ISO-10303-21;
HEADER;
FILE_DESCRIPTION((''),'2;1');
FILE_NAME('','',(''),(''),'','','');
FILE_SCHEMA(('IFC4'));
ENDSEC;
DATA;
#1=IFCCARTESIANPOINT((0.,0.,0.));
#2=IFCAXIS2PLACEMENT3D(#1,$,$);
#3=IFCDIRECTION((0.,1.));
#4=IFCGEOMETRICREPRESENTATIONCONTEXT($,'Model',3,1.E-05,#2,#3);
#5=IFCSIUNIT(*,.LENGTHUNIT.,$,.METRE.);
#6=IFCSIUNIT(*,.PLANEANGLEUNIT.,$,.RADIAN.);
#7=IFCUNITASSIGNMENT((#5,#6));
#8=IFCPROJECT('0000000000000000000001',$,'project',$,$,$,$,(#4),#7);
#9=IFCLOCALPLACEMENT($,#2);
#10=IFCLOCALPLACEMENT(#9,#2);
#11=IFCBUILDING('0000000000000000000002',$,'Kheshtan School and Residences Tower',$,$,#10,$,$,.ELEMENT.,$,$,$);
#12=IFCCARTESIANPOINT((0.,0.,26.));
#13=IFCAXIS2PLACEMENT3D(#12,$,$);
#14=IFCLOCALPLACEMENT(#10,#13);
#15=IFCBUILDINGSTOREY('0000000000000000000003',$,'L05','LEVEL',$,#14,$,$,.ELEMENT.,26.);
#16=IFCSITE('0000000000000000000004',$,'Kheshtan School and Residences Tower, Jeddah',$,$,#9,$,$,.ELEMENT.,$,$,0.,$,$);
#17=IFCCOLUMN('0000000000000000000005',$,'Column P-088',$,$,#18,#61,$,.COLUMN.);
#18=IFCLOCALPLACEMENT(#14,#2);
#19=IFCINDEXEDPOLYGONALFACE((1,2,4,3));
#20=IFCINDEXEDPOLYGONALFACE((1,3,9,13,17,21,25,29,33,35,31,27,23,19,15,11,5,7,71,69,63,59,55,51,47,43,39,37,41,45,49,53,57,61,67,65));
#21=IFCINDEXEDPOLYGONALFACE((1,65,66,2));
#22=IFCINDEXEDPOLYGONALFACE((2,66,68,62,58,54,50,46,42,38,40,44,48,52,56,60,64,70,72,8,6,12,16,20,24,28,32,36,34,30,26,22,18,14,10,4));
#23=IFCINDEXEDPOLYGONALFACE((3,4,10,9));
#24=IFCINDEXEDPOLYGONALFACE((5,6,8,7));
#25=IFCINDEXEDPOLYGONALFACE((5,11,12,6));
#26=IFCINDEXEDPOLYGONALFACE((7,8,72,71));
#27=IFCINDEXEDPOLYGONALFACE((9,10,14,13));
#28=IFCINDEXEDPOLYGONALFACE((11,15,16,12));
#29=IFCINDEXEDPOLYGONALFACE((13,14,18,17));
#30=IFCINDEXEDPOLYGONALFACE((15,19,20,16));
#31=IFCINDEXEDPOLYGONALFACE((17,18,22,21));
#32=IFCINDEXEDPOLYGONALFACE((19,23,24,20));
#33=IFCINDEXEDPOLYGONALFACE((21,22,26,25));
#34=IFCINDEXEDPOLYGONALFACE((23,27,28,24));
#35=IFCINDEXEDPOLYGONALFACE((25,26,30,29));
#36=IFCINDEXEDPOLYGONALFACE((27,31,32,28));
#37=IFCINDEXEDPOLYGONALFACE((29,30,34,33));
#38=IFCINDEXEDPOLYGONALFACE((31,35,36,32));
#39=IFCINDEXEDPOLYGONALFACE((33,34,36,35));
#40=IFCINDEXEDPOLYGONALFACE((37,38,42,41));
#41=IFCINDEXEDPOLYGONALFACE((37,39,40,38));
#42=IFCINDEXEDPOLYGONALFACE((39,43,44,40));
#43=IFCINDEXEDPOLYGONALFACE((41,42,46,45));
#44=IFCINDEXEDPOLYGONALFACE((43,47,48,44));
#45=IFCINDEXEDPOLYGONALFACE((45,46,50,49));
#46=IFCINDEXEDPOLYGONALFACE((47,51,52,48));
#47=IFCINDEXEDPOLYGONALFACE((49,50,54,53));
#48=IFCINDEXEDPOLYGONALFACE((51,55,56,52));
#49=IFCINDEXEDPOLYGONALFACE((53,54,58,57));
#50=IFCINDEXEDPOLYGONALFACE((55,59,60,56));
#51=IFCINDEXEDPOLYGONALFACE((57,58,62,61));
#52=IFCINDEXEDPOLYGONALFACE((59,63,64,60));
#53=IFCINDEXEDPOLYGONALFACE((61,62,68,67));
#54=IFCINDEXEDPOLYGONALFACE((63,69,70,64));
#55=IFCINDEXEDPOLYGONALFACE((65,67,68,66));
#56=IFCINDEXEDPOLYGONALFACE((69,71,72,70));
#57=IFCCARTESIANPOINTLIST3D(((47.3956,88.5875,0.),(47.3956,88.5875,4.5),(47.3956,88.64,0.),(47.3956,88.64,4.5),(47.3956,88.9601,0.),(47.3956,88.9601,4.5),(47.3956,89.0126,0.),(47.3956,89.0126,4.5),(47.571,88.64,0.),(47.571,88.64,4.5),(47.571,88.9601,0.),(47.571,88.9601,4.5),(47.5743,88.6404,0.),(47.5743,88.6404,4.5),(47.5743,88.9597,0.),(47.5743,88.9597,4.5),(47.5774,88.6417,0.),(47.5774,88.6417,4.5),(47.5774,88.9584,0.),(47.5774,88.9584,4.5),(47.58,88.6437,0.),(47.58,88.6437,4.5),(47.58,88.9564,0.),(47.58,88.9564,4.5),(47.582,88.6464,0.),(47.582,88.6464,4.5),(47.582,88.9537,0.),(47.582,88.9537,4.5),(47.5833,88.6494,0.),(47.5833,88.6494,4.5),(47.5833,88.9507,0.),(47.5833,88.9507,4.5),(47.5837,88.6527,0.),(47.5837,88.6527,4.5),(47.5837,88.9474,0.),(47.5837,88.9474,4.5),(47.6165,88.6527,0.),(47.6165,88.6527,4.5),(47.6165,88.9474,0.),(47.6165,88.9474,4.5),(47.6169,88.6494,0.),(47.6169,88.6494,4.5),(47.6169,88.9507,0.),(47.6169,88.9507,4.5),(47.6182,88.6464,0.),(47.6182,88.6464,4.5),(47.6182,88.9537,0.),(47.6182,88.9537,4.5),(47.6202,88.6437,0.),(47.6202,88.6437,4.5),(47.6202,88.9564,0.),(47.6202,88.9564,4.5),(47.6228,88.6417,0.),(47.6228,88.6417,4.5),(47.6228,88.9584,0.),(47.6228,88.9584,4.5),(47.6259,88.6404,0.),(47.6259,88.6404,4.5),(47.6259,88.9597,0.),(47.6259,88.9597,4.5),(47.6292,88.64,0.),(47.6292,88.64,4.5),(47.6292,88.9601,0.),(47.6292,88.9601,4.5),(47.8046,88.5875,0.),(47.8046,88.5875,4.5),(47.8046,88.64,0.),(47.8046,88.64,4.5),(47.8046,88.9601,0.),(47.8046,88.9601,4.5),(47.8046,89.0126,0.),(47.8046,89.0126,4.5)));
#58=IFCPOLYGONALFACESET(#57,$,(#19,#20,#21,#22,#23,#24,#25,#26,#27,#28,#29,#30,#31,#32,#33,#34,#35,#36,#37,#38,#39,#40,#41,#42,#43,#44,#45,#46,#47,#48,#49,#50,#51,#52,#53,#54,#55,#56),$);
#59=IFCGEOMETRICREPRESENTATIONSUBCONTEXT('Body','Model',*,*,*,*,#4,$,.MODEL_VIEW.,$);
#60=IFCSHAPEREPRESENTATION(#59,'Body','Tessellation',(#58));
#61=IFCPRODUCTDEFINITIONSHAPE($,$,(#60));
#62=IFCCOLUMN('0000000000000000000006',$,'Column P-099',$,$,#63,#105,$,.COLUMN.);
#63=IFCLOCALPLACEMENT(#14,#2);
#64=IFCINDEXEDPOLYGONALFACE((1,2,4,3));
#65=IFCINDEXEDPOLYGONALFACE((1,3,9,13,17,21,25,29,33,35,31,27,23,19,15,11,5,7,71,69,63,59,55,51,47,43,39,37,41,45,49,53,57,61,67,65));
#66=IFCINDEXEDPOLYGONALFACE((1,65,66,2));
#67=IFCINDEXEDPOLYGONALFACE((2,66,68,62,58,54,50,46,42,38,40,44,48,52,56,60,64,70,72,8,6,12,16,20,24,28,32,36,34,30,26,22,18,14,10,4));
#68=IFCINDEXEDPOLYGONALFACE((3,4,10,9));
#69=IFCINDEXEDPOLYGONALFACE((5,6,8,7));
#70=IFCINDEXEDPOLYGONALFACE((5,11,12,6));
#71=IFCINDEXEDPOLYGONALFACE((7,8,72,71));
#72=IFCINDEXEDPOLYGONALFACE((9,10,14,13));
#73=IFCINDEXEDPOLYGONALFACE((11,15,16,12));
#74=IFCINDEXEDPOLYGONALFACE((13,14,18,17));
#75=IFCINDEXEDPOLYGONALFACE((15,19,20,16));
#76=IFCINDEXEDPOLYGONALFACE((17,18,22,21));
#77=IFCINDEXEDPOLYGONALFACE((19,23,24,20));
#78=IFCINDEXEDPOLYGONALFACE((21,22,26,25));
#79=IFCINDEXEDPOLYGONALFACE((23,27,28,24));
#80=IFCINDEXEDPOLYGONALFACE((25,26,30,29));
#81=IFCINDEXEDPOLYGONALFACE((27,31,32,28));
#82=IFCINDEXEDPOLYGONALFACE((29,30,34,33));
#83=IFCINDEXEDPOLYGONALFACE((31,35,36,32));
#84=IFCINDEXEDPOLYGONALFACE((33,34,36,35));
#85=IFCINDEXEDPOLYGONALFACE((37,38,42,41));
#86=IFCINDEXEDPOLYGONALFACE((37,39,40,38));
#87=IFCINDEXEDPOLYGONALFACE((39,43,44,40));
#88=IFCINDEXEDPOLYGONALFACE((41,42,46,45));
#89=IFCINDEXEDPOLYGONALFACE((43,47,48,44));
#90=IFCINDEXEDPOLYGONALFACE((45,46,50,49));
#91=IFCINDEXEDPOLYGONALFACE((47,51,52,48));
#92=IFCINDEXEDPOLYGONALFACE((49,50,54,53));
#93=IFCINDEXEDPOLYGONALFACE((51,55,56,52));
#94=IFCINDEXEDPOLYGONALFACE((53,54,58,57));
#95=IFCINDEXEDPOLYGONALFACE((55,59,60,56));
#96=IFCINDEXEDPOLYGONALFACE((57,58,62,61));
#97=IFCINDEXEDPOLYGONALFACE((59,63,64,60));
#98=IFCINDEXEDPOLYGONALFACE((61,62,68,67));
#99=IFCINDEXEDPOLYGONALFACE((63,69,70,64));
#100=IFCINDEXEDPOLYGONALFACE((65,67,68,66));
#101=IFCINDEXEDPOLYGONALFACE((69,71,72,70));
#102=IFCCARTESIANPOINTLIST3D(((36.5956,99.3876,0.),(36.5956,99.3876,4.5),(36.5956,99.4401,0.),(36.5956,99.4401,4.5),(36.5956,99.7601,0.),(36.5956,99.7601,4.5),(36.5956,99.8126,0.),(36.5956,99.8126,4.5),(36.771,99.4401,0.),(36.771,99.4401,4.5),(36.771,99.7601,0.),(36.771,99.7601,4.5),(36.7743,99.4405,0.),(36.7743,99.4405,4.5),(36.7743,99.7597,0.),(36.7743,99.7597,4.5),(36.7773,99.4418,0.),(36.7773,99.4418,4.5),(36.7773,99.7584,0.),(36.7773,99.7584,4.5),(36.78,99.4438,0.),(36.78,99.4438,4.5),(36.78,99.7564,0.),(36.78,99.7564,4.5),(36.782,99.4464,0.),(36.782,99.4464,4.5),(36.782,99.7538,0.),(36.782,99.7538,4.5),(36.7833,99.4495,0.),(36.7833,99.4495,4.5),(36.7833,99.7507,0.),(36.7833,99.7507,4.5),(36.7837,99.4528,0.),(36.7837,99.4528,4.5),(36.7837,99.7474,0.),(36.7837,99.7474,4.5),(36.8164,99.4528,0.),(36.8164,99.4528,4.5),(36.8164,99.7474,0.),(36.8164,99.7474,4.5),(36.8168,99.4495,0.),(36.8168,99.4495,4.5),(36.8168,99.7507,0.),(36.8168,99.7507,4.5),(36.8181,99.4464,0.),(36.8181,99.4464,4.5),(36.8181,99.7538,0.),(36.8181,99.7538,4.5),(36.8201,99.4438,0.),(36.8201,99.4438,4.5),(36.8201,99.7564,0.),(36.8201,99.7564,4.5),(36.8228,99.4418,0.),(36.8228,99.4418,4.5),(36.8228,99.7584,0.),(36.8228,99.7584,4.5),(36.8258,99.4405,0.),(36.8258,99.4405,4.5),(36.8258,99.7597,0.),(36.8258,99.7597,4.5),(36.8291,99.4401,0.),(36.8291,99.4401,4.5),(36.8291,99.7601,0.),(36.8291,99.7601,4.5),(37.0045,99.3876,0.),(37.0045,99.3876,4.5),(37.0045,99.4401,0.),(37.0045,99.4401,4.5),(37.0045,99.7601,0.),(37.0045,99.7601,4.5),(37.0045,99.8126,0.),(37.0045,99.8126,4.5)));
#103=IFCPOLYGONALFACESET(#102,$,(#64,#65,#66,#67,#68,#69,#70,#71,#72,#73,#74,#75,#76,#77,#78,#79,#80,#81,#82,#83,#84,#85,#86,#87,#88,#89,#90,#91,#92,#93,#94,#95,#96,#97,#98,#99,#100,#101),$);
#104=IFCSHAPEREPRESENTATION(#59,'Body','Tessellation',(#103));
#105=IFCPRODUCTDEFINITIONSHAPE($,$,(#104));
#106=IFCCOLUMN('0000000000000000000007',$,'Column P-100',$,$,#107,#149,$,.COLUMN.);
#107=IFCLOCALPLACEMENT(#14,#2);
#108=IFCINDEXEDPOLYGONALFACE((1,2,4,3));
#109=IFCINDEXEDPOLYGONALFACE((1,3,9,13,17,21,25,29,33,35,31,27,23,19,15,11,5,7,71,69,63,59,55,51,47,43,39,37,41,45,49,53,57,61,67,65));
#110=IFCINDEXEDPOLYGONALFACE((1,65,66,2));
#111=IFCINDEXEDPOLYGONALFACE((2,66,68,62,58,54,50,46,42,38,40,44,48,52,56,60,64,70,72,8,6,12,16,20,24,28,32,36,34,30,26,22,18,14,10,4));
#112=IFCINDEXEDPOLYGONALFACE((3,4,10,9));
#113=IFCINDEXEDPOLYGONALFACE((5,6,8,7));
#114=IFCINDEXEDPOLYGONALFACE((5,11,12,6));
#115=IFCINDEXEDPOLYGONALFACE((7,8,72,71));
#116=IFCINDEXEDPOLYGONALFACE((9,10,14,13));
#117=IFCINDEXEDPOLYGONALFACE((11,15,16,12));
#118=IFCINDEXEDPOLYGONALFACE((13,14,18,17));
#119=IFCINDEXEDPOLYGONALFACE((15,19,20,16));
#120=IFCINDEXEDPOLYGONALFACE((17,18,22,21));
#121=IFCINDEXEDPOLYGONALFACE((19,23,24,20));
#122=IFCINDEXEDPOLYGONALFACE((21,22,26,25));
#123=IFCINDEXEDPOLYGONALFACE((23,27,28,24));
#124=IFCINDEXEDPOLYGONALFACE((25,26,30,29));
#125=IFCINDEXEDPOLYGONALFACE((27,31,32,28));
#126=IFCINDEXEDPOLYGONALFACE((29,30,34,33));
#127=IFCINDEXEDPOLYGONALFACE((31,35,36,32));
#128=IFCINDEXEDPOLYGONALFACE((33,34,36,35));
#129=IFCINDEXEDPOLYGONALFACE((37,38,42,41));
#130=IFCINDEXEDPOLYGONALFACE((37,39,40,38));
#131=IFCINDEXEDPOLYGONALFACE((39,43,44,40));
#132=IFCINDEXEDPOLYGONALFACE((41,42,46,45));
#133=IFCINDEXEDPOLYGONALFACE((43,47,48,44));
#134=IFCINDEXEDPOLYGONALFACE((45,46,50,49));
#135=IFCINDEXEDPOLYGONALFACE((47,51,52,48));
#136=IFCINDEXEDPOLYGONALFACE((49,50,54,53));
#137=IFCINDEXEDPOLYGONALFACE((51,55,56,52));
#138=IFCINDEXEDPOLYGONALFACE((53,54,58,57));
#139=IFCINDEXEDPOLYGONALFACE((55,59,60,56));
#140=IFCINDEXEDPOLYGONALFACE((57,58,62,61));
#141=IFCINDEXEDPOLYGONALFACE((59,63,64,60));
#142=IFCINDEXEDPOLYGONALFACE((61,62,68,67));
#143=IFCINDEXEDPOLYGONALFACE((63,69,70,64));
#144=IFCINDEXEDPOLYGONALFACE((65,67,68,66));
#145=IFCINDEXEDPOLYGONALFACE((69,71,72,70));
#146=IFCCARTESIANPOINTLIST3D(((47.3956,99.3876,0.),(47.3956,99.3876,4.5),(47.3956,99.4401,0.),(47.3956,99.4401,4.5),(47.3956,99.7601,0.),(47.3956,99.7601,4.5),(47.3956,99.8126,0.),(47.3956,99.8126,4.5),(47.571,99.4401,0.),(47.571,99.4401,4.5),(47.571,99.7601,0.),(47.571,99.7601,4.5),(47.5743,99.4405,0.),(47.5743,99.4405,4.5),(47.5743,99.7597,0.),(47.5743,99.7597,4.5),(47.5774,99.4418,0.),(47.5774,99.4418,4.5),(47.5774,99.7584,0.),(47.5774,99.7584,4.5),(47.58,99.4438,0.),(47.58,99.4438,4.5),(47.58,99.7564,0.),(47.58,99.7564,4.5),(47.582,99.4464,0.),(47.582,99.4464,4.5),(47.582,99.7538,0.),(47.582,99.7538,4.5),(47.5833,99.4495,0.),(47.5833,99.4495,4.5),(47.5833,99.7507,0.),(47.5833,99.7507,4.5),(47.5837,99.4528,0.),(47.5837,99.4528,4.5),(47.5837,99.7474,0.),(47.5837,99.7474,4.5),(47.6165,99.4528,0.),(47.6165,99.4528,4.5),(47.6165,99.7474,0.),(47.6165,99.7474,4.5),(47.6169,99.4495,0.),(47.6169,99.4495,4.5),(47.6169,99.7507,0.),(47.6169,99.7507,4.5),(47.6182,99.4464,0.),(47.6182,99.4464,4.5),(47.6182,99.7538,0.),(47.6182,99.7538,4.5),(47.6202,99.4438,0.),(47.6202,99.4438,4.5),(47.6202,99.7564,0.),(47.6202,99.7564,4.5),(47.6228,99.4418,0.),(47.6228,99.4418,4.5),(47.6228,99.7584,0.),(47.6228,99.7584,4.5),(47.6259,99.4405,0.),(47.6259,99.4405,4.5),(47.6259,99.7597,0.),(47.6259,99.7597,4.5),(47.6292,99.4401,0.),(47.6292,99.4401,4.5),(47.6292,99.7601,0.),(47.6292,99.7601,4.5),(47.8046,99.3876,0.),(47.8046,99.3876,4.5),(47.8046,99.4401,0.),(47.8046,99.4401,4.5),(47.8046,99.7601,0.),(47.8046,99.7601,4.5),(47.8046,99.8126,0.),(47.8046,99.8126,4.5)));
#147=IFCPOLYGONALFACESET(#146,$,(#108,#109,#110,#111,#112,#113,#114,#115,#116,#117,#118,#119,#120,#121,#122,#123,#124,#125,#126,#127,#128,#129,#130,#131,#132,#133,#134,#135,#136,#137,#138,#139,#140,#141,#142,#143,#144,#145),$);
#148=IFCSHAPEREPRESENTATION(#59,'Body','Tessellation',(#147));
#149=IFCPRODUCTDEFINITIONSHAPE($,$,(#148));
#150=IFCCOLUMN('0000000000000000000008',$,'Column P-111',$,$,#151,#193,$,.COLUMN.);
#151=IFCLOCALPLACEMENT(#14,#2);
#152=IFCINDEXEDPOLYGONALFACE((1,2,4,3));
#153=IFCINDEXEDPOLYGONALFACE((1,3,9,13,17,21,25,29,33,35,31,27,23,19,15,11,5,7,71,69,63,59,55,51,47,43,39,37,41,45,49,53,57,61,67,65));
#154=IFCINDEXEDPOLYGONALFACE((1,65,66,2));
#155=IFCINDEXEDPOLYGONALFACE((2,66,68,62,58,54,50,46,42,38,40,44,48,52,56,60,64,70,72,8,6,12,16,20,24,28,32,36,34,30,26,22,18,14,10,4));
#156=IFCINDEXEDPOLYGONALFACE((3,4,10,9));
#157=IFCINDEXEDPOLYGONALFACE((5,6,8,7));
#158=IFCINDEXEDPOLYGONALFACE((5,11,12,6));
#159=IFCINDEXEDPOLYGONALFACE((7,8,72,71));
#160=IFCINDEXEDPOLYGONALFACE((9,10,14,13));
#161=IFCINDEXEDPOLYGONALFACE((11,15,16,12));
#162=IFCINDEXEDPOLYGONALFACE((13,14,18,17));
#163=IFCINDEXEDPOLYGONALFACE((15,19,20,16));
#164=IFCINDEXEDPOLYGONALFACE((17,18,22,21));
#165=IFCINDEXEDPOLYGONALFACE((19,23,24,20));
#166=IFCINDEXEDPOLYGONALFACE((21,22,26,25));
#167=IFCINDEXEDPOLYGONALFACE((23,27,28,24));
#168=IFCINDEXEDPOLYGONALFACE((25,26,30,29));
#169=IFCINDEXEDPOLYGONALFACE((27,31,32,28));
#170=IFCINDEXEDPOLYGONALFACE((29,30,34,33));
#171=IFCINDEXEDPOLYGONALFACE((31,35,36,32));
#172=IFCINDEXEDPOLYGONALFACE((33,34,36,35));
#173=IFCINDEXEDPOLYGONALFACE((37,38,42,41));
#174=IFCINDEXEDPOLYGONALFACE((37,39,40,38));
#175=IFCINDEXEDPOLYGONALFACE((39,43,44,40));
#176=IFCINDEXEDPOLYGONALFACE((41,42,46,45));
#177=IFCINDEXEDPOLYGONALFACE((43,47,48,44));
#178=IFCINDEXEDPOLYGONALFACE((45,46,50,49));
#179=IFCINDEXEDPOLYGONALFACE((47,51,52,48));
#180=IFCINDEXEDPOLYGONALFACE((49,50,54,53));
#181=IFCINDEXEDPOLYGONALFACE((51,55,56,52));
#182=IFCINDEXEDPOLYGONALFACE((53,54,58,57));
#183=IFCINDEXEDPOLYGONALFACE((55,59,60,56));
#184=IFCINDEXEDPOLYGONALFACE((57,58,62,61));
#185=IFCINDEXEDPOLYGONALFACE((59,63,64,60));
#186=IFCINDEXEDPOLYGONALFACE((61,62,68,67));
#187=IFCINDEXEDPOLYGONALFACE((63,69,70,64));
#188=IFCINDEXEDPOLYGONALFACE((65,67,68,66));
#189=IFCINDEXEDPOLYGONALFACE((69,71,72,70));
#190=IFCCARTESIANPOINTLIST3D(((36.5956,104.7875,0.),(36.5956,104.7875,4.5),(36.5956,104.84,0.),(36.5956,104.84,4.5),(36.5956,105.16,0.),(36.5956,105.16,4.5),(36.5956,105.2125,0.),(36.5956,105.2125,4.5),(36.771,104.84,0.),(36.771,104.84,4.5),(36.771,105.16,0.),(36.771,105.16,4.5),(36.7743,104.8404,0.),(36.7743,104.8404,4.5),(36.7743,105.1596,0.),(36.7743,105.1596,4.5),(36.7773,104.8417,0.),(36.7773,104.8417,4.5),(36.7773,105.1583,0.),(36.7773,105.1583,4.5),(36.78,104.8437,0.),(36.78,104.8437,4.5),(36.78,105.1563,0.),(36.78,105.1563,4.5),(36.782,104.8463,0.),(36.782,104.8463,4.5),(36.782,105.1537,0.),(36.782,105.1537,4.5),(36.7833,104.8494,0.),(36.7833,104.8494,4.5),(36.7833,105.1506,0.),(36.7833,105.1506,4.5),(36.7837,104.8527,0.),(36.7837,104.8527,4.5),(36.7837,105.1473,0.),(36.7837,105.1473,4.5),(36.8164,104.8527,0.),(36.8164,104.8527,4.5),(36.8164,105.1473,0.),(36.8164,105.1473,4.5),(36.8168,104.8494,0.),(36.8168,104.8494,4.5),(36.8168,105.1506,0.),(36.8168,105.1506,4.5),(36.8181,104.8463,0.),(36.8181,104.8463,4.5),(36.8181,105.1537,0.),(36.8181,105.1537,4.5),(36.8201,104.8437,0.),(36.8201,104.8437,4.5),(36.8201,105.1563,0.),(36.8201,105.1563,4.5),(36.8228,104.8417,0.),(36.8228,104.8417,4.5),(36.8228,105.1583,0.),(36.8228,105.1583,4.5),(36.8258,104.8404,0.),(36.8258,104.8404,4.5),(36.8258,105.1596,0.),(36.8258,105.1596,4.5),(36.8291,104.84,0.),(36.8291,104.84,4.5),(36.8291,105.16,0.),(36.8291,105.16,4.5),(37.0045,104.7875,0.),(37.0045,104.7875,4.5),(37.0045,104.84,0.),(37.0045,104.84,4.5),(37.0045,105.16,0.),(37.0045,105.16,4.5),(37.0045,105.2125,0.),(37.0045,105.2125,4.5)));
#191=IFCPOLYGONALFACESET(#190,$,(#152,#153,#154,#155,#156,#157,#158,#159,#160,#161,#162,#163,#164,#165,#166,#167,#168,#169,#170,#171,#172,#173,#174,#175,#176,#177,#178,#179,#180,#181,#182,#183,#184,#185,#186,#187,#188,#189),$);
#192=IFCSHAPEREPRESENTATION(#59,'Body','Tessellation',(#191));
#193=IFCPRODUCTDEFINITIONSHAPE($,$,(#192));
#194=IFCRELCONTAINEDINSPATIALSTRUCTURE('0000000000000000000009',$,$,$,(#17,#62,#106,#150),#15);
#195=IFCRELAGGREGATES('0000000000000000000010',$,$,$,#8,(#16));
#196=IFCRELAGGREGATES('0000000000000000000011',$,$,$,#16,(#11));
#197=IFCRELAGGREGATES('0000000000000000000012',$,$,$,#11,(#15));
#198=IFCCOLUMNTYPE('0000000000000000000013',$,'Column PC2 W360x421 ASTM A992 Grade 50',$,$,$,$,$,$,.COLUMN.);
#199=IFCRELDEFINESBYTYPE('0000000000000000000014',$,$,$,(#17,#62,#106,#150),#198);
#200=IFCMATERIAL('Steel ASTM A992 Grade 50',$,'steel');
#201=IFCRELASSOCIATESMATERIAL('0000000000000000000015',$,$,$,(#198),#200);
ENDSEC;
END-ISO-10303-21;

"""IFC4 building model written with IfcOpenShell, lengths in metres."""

from ifc_helpers import new_model, si_unit, direction, frame, origin, origin_2d, place, context, subcontext, project, spatial, i_section, extrude, material, material_profile, profile_set, type_object, element, save


model = new_model("IFC4")

# Units and contexts
model_context = context("Model", 3, precision=1e-05, world=origin(), true_north=direction((0.0, 1.0)))
body_context = subcontext(model_context, "Body", "Model", "MODEL_VIEW")
ifc_project = project(units=[si_unit("LENGTHUNIT", "METRE"), si_unit("PLANEANGLEUNIT", "RADIAN")], contexts=[model_context])

# Site, building, storey
site_placement = place(None, origin())
site = spatial("IfcSite", under=ifc_project, at=site_placement, Name="Kheshtan School and Residences Tower, Jeddah", CompositionType="ELEMENT", RefElevation=0.0)
building_placement = place(site_placement, origin())
building = spatial("IfcBuilding", under=site, at=building_placement, Name="Kheshtan School and Residences Tower", CompositionType="ELEMENT")
storey_placement = place(building_placement, frame((0.0, 0.0, 26.0)))
storey = spatial("IfcBuildingStorey", under=building, at=storey_placement, Name="L05", Description="LEVEL", CompositionType="ELEMENT", Elevation=26.0)

# Columns
ifc_material_1 = material(Name="Steel ASTM A992 Grade 50", Category="steel")
ifc_material_profile_1 = material_profile(ifc_material_1, i_section(OverallWidth=0.4089, OverallDepth=0.425, WebThickness=0.0327, FlangeThickness=0.0525, FilletRadius=0.0127, at=origin_2d()), Name="W360x421")
ifc_profile_set_1 = profile_set([ifc_material_profile_1], Name="Steel ASTM A992 Grade 50")
column_type = type_object("IfcColumnType", Name="Column PC2 W360x421 ASTM A992 Grade 50", PredefinedType="COLUMN", material=ifc_profile_set_1)
for number, where, z_axis, x_axis, name in (
    (1, (47.6001, 88.8, 0.0), (0.0, 0.0, 1.0), (1.0, 0.0, 0.0), "Column P-088"),
    (2, (36.8, 99.6001, 0.0), (0.0, 0.0, 1.0), (1.0, 0.0, 0.0), "Column P-099"),
    (3, (47.6001, 99.6001, 0.0), (0.0, 0.0, 1.0), (1.0, 0.0, 0.0), "Column P-100"),
    (4, (36.8, 105.0, 0.0), (0.0, 0.0, 1.0), (1.0, 0.0, 0.0), "Column P-111"),
):
    element("IfcColumn", number, at=place(storey_placement, frame(where, z_axis=z_axis, x_axis=x_axis)), inside=storey, type_object=column_type, Name=name, PredefinedType="COLUMN", context=body_context, shape_type="SweptSolid", body=[
        extrude(i_section(OverallWidth=0.4089, OverallDepth=0.425, WebThickness=0.0327, FlangeThickness=0.0525, FilletRadius=0.0127, at=origin_2d()), origin(), (0.0, 0.0, 1.0), 4.5),
    ])

save(model, "model.ifc")
